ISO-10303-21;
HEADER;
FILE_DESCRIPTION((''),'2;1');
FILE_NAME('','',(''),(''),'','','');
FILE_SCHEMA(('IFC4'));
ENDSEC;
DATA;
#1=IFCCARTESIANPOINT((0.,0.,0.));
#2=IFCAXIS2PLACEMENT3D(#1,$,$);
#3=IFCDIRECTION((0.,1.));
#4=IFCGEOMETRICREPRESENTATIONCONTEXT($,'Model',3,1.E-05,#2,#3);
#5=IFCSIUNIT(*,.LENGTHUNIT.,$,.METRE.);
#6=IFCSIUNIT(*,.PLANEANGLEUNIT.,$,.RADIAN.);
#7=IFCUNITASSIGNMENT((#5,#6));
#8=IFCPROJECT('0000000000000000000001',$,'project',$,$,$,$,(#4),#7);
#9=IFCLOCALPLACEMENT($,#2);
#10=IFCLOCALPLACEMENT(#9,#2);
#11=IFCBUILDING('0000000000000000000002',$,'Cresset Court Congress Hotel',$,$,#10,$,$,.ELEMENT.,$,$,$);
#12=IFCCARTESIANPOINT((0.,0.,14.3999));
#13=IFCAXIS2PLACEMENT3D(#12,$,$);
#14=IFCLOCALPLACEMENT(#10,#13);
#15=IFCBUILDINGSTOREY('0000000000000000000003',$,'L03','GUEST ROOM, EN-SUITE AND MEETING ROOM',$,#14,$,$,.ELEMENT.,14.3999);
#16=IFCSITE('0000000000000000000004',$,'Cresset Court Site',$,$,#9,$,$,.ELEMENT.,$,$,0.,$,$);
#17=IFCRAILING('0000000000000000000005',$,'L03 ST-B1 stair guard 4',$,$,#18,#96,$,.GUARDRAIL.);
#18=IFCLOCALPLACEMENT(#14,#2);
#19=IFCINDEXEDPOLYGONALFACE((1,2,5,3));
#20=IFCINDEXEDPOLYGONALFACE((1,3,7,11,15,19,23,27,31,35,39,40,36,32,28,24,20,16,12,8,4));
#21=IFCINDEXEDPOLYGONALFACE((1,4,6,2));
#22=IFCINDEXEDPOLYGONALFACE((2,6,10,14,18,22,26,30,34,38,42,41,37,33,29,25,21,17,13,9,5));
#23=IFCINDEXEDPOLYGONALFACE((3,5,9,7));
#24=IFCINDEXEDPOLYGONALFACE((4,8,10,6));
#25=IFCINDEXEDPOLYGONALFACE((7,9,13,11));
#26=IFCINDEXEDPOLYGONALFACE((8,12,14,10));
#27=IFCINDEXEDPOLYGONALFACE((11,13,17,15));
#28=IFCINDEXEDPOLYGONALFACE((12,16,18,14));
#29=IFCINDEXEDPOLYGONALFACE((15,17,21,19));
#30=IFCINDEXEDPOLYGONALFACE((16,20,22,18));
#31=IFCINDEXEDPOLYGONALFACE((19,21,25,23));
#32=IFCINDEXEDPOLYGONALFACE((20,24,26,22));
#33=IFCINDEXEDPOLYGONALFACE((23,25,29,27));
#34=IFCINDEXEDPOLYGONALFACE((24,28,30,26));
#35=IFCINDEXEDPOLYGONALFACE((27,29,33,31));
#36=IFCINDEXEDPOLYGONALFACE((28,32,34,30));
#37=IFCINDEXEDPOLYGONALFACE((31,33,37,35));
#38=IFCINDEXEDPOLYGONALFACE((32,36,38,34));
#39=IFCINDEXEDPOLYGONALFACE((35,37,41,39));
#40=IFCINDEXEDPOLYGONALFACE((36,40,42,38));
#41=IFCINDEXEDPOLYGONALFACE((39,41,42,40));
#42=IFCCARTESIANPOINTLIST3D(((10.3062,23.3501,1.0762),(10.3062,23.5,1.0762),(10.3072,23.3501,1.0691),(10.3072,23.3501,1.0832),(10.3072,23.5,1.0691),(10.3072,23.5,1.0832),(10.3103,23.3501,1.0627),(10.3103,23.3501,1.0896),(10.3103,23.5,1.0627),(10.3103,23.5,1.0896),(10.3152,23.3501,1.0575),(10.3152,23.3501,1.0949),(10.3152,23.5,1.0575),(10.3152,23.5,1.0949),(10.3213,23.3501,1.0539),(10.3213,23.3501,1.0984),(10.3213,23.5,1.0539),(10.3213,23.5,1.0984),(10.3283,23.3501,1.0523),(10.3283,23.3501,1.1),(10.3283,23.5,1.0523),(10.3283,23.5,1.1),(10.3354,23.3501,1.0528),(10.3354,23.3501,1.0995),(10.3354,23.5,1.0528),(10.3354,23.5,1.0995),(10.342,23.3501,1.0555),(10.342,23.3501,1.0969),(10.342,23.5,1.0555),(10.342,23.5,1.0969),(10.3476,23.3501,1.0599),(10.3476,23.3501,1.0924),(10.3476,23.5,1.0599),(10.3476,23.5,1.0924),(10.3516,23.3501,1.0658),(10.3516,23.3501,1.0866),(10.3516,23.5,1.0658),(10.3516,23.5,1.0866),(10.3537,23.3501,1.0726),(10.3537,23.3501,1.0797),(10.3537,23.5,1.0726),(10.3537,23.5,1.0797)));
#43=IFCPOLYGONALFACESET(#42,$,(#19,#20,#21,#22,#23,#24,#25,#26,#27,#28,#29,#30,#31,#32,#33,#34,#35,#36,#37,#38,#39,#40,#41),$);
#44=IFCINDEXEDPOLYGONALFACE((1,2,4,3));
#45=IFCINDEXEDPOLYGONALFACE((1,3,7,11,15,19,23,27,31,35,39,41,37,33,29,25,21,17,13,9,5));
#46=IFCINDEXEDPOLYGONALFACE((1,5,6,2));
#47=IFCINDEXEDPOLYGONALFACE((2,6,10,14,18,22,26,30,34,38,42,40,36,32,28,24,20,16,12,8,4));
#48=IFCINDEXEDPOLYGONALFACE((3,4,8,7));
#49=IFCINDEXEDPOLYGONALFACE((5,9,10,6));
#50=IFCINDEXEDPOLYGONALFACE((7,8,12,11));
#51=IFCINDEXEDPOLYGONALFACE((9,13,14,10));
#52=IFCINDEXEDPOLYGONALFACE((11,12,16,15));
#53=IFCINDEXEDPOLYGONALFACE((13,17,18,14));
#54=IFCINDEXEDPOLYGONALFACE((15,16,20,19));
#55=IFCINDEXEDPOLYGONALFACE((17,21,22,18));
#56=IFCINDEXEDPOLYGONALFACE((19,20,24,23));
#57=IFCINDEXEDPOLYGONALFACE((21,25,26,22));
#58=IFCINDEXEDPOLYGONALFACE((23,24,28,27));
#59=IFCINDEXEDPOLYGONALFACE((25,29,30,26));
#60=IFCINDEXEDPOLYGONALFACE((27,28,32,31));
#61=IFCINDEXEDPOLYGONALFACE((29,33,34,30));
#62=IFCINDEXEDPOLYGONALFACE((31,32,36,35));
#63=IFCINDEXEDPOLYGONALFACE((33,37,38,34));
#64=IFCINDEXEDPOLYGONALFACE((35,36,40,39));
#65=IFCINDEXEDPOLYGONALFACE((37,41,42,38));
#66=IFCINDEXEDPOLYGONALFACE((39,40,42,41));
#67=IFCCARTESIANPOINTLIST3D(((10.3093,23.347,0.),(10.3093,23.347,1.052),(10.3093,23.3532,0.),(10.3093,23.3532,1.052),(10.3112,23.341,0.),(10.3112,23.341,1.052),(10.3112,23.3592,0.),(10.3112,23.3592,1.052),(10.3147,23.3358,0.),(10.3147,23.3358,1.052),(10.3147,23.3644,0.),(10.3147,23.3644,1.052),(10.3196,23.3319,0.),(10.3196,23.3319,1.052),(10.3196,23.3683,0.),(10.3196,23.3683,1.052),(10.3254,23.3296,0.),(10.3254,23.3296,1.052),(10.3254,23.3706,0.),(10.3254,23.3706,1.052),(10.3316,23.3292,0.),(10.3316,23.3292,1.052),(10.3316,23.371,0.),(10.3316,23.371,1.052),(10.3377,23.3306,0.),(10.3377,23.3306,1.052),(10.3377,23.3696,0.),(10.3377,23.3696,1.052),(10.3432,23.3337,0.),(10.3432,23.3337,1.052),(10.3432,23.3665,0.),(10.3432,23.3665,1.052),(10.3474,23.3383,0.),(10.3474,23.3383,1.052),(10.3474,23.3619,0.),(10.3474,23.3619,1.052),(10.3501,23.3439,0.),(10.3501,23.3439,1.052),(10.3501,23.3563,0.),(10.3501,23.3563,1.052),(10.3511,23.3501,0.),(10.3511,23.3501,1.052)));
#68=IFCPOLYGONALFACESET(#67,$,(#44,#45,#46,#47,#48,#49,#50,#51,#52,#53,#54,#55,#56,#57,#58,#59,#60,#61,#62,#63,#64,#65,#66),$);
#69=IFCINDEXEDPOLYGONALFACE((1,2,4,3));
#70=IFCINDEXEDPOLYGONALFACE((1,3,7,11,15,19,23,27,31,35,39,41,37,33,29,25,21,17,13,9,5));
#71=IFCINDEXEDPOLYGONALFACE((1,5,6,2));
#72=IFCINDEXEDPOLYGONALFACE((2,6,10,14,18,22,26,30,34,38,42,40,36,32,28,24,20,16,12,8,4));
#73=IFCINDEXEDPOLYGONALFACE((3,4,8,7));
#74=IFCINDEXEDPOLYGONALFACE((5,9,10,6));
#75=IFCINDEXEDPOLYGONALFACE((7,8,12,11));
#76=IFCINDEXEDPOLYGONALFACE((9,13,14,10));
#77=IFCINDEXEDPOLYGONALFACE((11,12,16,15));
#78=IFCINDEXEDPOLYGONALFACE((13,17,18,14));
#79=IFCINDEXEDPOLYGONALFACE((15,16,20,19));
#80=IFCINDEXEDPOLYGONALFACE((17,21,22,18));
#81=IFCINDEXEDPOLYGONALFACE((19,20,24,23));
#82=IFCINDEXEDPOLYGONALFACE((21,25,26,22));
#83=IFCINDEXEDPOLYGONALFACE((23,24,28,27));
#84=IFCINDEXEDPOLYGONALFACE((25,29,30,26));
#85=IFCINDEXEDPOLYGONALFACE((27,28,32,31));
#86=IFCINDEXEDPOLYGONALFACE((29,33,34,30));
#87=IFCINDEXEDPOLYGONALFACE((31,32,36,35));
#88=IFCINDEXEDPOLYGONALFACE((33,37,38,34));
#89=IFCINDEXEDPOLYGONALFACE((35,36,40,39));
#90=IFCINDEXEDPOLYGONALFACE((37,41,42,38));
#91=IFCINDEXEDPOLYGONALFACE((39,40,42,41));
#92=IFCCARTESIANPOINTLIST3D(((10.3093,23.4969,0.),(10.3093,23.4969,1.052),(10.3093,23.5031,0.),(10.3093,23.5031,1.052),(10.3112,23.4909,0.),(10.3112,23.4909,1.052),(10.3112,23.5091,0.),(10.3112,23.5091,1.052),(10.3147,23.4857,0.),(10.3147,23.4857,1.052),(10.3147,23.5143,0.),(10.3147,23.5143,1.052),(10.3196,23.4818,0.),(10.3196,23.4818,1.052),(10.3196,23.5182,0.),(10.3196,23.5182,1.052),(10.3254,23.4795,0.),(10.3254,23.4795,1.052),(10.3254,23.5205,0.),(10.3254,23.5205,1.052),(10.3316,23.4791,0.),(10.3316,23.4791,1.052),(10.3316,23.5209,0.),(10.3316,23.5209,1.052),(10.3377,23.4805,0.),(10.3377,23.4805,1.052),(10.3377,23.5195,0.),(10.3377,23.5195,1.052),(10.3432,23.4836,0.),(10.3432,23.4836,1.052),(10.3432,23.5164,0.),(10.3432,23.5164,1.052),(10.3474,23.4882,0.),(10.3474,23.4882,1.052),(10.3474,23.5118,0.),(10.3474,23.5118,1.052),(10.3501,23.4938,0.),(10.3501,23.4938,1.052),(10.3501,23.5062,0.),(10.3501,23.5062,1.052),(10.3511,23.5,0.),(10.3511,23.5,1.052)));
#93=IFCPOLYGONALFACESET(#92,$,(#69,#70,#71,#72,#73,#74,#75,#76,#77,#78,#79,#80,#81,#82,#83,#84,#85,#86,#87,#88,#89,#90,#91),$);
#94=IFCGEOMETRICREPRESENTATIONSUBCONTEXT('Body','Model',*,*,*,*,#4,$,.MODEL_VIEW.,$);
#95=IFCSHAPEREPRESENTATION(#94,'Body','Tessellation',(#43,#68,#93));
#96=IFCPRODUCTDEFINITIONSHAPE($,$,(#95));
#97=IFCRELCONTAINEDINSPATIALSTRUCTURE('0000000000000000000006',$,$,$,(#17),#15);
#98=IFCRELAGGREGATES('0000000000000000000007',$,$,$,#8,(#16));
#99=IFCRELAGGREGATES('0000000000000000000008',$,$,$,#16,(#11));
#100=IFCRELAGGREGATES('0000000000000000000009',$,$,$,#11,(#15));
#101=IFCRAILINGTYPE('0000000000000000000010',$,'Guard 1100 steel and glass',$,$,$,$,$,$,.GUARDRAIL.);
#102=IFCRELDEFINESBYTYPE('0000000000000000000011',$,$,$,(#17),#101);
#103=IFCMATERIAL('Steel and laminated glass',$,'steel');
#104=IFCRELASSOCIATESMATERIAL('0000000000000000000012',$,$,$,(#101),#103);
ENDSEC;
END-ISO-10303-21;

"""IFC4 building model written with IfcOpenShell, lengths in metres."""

from ifc_helpers import new_model, si_unit, direction, frame, origin, origin_2d, place, context, subcontext, project, spatial, circle, extrude, material, type_object, element, save


model = new_model("IFC4")

# Units and contexts
model_context = context("Model", 3, precision=1e-05, world=origin(), true_north=direction((0.0, 1.0)))
body_context = subcontext(model_context, "Body", "Model", "MODEL_VIEW")
ifc_project = project(units=[si_unit("LENGTHUNIT", "METRE"), si_unit("PLANEANGLEUNIT", "RADIAN")], contexts=[model_context])

# Site, building, storey
site_placement = place(None, origin())
site = spatial("IfcSite", under=ifc_project, at=site_placement, Name="Cresset Court Site", CompositionType="ELEMENT", RefElevation=0.0)
building_placement = place(site_placement, origin())
building = spatial("IfcBuilding", under=site, at=building_placement, Name="Cresset Court Congress Hotel", CompositionType="ELEMENT")
storey_placement = place(building_placement, frame((0.0, 0.0, 14.3999)))
storey = spatial("IfcBuildingStorey", under=building, at=storey_placement, Name="L03", Description="GUEST ROOM, EN-SUITE AND MEETING ROOM", CompositionType="ELEMENT", Elevation=14.3999)

# Railing
ifc_material_1 = material(Name="Steel and laminated glass", Category="steel")
railing_type_1 = type_object("IfcRailingType", Name="Guard 1100 steel and glass", PredefinedType="GUARDRAIL", material=ifc_material_1)
railing_1_placement = place(storey_placement, frame((10.3301, 23.3501, 0.0)))
element("IfcRailing", 1, at=railing_1_placement, inside=storey, type_object=railing_type_1, Name="L03 ST-B1 stair guard 4", PredefinedType="GUARDRAIL", context=body_context, shape_type="SweptSolid", body=[
    extrude(circle(Radius=0.0239, at=origin_2d()), frame((0.0, 0.0, 1.0762), z_axis=(0.0, 1.0, 0.0), x_axis=(-1.0, 0.0, 0.0)), (0.0, 0.0, 1.0), 0.1499),
    extrude(circle(Radius=0.021, at=origin_2d()), origin(), (0.0, 0.0, 1.0), 1.052),
    extrude(circle(Radius=0.021, at=origin_2d()), frame((0.0, 0.1499, 0.0)), (0.0, 0.0, 1.0), 1.052),
])

save(model, "model.ifc")
